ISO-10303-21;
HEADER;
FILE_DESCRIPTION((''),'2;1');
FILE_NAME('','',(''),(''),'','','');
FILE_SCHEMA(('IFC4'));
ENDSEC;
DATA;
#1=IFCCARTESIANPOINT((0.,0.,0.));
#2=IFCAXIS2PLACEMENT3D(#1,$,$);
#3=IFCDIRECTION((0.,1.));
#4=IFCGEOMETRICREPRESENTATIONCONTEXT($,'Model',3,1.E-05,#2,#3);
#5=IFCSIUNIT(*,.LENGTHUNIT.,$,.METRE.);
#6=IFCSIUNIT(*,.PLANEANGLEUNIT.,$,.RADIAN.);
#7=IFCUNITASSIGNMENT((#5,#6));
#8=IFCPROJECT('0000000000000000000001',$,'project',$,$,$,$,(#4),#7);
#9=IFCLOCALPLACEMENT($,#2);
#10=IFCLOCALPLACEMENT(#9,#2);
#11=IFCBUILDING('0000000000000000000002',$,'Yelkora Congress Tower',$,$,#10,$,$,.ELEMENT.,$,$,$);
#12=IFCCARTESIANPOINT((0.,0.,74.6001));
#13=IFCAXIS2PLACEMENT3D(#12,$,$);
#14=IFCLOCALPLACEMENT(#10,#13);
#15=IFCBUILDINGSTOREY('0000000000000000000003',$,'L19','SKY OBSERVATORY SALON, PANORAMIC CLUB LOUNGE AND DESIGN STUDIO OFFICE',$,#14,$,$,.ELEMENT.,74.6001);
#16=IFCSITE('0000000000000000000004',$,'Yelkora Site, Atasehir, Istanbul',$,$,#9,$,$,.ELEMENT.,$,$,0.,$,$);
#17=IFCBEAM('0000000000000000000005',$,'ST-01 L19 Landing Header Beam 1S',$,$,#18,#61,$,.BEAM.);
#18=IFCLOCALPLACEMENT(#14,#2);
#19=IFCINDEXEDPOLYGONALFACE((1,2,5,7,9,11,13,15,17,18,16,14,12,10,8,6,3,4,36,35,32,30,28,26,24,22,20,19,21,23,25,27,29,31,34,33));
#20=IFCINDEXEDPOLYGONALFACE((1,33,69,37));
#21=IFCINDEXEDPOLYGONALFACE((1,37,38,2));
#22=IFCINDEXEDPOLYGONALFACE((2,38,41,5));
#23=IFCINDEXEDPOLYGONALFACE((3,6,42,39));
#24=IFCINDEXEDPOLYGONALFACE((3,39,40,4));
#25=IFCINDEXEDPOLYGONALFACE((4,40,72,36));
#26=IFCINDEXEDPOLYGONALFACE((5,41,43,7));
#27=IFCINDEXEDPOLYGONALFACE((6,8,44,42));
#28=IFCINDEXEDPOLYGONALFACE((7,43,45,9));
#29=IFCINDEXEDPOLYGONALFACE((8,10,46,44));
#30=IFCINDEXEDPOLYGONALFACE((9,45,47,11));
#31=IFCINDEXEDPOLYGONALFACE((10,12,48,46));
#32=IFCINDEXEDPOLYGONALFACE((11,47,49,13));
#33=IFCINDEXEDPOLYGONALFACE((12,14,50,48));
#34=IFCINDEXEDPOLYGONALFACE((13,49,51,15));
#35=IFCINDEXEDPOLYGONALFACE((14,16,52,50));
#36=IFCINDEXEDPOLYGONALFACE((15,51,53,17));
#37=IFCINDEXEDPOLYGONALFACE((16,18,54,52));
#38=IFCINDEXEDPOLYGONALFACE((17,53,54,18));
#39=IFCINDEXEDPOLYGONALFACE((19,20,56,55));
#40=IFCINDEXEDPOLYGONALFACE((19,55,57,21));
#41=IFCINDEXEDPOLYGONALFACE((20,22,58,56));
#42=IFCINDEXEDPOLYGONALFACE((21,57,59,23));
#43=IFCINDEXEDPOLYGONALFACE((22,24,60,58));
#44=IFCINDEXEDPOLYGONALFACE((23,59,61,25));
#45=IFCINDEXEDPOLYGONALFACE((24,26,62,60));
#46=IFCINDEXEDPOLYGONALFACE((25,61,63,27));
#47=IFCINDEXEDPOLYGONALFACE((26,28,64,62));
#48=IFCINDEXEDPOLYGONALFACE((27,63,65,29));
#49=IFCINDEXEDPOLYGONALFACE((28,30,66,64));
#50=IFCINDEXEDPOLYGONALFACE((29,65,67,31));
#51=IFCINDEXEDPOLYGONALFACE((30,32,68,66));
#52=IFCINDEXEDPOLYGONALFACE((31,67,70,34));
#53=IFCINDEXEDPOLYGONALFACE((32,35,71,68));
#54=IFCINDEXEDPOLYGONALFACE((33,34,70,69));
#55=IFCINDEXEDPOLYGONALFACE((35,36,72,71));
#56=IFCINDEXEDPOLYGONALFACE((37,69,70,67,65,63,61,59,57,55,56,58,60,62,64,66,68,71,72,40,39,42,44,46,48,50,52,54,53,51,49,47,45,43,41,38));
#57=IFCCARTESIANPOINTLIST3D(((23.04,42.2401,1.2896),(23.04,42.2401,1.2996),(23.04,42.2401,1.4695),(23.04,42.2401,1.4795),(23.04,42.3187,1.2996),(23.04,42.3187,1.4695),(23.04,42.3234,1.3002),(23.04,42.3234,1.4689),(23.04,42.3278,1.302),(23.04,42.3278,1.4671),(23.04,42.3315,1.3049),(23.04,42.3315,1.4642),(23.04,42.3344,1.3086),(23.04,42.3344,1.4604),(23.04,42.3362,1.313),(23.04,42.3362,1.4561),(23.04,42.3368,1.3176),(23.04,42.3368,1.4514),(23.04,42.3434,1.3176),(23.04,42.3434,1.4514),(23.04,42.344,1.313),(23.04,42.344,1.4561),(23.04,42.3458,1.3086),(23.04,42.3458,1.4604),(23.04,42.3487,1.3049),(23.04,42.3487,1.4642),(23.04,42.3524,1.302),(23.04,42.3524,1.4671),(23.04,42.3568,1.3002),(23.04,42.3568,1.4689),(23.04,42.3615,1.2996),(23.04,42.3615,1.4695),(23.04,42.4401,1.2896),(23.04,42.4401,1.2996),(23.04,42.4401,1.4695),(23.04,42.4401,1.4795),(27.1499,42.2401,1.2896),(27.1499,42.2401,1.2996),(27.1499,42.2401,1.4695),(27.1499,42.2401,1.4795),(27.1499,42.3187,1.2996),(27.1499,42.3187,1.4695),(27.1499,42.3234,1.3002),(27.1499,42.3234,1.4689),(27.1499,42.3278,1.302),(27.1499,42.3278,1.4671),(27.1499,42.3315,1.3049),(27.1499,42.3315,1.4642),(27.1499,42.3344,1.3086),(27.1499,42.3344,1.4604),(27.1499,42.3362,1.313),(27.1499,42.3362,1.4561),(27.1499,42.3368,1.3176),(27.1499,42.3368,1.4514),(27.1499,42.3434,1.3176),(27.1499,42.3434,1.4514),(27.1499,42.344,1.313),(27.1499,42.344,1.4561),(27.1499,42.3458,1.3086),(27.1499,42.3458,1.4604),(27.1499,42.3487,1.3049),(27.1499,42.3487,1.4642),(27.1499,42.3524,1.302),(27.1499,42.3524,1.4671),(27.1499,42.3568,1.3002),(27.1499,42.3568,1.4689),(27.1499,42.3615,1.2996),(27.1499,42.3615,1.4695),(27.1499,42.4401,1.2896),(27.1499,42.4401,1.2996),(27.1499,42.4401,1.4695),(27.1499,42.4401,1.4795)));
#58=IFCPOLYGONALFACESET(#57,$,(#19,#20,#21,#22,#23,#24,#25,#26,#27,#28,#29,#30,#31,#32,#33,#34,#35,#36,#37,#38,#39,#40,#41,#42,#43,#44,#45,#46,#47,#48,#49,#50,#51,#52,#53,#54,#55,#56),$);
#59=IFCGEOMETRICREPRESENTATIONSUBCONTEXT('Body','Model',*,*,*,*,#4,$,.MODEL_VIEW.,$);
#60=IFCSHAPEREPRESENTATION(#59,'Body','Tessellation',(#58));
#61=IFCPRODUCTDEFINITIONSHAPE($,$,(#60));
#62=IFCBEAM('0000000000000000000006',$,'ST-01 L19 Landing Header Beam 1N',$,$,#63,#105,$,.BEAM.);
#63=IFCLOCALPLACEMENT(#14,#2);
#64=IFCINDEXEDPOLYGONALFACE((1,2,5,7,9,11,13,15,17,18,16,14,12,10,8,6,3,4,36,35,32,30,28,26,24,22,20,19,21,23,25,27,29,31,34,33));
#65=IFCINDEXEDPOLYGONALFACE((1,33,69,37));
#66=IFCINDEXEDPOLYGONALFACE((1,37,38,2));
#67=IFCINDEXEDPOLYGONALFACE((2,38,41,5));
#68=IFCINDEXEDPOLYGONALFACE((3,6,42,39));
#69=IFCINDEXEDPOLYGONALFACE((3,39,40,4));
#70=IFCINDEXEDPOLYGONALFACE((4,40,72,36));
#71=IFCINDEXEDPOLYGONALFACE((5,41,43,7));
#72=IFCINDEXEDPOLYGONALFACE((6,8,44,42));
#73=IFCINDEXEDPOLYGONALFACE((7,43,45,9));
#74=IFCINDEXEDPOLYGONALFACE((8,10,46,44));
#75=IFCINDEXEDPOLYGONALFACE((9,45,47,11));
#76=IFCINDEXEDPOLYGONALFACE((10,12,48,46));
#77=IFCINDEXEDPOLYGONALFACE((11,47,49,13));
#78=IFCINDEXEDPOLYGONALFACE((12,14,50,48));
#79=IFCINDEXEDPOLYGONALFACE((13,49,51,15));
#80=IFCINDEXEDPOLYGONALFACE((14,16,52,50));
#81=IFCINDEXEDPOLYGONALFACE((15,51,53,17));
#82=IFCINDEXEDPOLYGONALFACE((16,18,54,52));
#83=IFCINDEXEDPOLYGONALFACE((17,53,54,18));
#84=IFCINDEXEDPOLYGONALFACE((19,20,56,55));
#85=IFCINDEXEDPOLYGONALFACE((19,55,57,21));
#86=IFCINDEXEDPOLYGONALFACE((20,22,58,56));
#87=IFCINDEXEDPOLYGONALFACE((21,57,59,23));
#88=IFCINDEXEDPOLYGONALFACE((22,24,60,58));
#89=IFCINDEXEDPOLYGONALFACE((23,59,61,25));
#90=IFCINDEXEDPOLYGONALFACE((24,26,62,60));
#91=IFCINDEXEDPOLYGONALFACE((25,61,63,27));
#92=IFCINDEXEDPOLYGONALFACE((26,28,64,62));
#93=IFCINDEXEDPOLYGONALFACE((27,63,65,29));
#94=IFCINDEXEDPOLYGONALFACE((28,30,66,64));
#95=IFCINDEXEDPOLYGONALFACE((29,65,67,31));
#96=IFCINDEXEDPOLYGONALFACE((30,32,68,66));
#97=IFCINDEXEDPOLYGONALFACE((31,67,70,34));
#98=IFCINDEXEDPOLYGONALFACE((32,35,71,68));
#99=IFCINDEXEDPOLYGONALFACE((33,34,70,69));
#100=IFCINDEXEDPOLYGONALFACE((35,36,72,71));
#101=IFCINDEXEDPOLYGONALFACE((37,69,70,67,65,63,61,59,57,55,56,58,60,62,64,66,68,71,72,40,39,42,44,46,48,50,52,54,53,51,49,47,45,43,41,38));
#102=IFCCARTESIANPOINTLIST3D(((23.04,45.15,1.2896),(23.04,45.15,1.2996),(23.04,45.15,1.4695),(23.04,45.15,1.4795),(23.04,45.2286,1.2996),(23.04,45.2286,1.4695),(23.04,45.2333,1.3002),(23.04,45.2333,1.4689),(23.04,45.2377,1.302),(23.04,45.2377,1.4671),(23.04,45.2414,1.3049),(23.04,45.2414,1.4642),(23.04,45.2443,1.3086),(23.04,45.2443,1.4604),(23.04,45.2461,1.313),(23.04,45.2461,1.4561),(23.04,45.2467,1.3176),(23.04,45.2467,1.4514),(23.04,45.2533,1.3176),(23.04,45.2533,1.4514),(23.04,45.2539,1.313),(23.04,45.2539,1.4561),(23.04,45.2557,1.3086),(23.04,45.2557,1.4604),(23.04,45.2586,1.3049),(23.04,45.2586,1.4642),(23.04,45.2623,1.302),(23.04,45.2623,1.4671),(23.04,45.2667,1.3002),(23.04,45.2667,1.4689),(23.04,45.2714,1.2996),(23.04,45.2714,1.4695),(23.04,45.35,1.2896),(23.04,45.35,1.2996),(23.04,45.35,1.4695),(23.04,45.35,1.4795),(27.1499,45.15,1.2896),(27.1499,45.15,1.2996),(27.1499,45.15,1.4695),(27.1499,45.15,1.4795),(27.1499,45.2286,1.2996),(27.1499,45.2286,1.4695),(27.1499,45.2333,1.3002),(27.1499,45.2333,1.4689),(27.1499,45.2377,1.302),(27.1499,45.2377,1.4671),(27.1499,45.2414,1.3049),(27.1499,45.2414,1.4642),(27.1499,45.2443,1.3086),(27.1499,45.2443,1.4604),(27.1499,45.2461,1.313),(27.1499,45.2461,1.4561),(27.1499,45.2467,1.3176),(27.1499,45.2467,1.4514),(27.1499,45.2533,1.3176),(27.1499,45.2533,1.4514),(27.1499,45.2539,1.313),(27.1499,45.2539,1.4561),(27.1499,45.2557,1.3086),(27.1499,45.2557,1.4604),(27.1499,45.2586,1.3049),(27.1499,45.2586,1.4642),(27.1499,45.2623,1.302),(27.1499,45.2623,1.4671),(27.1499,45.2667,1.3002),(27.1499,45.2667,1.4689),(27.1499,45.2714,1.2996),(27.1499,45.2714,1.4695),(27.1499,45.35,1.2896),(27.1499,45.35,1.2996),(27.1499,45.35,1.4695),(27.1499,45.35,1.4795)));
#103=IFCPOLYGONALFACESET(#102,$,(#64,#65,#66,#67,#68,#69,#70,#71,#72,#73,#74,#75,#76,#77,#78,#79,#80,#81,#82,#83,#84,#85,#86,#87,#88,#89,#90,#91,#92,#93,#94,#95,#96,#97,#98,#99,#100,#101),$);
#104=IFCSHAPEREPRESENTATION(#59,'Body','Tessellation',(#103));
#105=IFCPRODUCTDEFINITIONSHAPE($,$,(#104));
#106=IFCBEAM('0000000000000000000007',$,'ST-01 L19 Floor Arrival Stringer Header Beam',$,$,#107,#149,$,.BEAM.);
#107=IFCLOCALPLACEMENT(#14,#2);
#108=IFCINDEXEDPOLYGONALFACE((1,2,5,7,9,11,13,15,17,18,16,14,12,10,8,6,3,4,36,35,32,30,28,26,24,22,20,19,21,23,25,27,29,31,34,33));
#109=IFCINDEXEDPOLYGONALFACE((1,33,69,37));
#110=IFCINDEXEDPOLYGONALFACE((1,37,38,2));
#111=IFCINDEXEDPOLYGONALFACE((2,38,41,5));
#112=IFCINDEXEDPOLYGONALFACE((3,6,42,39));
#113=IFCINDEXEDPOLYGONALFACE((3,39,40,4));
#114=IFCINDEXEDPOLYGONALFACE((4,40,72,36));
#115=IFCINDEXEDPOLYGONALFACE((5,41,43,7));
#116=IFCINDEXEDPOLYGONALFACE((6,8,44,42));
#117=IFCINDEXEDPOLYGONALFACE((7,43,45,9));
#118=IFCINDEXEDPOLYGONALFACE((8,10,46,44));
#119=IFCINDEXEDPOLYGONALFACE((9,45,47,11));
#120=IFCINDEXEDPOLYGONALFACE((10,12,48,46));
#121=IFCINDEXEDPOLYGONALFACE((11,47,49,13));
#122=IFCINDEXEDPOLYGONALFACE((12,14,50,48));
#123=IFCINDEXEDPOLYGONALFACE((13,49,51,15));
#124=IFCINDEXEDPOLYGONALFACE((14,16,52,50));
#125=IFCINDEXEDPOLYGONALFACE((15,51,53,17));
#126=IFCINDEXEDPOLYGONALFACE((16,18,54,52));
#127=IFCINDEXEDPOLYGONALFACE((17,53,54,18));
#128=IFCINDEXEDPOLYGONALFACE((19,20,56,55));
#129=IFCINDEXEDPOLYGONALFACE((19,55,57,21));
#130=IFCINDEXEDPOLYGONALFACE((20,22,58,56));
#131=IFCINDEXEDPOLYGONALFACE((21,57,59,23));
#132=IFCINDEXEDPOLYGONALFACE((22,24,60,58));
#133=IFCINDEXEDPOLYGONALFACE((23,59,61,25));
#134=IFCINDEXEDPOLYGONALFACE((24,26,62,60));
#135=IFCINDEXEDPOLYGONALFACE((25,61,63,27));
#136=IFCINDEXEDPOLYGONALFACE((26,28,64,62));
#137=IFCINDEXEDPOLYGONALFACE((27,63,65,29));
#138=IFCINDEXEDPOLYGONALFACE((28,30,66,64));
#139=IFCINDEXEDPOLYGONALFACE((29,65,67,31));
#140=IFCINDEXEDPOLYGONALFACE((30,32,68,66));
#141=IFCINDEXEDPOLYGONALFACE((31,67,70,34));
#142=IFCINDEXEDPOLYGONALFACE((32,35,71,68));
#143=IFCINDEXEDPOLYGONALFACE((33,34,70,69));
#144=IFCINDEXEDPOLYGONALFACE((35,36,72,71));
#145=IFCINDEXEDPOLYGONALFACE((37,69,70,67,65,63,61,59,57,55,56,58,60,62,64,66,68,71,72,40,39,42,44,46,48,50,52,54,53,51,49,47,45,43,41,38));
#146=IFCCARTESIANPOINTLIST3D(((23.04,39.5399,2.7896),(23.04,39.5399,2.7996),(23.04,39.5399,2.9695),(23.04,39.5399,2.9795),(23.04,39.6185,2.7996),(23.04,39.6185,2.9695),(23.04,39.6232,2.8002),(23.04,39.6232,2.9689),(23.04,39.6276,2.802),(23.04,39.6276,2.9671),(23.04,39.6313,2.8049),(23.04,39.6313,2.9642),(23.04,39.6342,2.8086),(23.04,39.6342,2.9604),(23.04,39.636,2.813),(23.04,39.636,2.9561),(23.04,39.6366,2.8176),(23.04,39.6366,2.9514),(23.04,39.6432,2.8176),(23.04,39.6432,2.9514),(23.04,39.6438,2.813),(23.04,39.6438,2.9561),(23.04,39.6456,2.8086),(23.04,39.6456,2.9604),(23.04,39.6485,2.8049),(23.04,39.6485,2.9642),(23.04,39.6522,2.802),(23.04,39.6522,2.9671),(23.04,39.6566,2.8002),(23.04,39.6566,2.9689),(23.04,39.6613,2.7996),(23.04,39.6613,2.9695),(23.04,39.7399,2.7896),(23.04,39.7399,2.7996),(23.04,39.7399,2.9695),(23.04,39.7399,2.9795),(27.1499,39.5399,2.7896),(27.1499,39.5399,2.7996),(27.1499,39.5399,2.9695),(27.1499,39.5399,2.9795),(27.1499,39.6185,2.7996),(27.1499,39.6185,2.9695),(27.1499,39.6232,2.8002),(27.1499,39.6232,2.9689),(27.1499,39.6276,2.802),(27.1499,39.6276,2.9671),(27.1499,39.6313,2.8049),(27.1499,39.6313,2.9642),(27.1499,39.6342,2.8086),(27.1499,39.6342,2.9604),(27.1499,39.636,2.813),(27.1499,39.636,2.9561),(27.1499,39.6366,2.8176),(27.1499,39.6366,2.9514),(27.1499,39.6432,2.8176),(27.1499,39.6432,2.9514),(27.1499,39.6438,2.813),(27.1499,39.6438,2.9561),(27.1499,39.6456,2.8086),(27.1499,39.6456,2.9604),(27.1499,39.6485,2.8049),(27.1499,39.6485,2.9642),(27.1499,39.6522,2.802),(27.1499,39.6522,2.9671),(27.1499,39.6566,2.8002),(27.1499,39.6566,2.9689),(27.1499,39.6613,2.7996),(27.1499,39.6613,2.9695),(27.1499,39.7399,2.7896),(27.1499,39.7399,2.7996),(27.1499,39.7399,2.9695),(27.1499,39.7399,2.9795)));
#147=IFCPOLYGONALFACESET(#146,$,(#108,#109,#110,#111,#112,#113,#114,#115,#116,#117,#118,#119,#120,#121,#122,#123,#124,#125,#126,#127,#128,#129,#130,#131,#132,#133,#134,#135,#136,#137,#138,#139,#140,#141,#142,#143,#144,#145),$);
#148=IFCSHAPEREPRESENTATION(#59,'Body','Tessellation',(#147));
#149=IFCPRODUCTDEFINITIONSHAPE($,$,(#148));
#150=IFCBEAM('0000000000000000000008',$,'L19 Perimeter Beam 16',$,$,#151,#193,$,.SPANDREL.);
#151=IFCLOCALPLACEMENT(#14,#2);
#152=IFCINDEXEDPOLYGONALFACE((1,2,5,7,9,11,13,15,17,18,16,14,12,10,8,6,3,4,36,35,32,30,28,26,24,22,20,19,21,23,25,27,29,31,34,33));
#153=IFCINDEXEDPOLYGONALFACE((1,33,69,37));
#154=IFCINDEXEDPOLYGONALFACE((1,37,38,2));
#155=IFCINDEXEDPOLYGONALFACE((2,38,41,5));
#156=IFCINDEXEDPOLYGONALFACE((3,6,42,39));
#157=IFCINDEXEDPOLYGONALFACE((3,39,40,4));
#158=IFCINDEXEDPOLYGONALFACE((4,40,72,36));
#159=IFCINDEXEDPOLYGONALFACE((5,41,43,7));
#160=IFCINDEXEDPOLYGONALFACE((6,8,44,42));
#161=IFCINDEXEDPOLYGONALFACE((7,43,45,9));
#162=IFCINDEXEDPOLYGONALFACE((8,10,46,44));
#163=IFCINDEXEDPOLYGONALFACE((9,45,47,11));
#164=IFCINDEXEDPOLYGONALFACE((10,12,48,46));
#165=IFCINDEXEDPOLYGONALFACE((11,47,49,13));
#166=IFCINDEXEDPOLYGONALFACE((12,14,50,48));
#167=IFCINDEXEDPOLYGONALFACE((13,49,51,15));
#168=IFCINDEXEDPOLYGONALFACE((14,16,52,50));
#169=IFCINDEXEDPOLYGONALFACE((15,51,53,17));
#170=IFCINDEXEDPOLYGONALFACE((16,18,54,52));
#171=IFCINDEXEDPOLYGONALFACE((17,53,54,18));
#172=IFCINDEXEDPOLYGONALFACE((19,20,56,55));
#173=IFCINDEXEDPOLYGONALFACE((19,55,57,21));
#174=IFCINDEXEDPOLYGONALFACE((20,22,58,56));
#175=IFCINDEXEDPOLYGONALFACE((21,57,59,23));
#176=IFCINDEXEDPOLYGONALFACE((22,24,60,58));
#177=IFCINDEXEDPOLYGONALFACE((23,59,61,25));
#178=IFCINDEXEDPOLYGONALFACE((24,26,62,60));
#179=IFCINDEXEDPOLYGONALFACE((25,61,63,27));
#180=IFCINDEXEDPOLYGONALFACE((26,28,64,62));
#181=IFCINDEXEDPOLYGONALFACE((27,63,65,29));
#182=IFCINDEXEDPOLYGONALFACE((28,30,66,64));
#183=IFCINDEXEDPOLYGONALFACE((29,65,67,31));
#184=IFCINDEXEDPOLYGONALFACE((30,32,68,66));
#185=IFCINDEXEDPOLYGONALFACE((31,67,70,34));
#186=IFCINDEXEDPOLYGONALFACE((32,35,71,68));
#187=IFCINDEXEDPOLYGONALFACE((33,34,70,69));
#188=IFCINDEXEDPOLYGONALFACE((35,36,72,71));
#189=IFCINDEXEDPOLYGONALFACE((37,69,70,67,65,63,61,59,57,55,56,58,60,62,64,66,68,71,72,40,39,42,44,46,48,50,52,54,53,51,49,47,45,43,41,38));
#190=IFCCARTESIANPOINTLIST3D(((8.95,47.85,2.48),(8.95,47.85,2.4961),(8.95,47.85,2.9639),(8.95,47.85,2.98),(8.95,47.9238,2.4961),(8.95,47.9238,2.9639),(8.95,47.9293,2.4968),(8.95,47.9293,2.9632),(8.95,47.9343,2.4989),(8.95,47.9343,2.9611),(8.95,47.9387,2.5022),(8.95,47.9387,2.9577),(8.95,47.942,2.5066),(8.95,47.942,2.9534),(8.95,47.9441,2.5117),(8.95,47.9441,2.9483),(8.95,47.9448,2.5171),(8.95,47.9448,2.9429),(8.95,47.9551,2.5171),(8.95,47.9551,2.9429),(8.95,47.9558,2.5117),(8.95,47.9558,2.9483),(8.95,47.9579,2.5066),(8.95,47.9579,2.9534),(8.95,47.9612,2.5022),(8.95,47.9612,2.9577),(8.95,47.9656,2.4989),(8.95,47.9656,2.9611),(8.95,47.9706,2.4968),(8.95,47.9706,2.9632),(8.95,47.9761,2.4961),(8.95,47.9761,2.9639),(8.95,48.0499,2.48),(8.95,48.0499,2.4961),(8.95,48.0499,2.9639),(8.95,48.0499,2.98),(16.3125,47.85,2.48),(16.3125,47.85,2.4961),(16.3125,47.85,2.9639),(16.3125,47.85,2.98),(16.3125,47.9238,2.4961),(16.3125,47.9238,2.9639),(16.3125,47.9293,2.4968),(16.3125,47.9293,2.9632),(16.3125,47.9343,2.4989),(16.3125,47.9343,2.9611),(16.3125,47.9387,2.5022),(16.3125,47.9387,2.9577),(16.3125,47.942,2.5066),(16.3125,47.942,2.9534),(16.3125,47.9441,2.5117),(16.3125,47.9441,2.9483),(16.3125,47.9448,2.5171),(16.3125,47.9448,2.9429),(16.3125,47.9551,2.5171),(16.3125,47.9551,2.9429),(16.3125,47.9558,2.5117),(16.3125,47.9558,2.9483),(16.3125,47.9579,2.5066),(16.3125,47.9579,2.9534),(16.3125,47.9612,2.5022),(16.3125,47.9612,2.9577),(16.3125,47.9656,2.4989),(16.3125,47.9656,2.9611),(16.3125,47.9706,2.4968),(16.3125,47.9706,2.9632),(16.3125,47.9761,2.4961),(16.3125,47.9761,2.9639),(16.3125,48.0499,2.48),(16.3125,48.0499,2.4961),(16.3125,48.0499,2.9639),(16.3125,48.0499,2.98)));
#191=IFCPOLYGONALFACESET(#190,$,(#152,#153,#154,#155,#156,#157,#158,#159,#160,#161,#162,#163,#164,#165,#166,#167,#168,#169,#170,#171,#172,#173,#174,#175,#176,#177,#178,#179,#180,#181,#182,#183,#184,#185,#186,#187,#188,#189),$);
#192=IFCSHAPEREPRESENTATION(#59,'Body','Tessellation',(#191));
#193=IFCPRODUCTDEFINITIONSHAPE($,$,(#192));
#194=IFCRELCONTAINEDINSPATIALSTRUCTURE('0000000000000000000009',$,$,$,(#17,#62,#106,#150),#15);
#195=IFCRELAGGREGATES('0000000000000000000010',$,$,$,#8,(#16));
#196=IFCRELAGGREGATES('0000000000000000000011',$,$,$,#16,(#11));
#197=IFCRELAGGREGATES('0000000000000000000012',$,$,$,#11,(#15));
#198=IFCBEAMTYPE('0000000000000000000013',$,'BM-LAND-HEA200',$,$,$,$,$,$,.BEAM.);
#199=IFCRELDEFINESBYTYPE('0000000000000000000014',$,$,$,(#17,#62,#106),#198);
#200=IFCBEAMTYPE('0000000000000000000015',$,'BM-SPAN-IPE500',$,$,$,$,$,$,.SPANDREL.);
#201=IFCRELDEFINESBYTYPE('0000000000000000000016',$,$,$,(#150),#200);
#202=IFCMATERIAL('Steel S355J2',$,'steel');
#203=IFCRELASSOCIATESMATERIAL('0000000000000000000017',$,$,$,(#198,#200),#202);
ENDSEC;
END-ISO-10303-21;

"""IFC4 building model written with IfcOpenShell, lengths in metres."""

from ifc_helpers import new_model, si_unit, direction, frame, origin, origin_2d, place, context, subcontext, project, spatial, i_section, extrude, material, material_profile, profile_set, type_object, element, save


model = new_model("IFC4")

# Units and contexts
model_context = context("Model", 3, precision=1e-05, world=origin(), true_north=direction((0.0, 1.0)))
body_context = subcontext(model_context, "Body", "Model", "MODEL_VIEW")
ifc_project = project(units=[si_unit("LENGTHUNIT", "METRE"), si_unit("PLANEANGLEUNIT", "RADIAN")], contexts=[model_context])

# Site, building, storey
site_placement = place(None, origin())
site = spatial("IfcSite", under=ifc_project, at=site_placement, Name="Yelkora Site, Atasehir, Istanbul", CompositionType="ELEMENT", RefElevation=0.0)
building_placement = place(site_placement, origin())
building = spatial("IfcBuilding", under=site, at=building_placement, Name="Yelkora Congress Tower", CompositionType="ELEMENT")
storey_placement = place(building_placement, frame((0.0, 0.0, 74.6001)))
storey = spatial("IfcBuildingStorey", under=building, at=storey_placement, Name="L19", Description="SKY OBSERVATORY SALON, PANORAMIC CLUB LOUNGE AND DESIGN STUDIO OFFICE", CompositionType="ELEMENT", Elevation=74.6001)

# Beams
ifc_material_1 = material(Name="Steel S355J2", Category="steel")
ifc_material_profile_1 = material_profile(ifc_material_1, i_section(OverallWidth=0.2, OverallDepth=0.1899, WebThickness=0.0066, FlangeThickness=0.01, FilletRadius=0.0181, at=origin_2d()), Name="HEA 200")
ifc_profile_set_1 = profile_set([ifc_material_profile_1], Name="Steel S355J2")
beam_type_1 = type_object("IfcBeamType", Name="BM-LAND-HEA200", PredefinedType="BEAM", material=ifc_profile_set_1)
for number, where, z_axis, x_axis, name in (
    (1, (23.04, 42.3401, 1.3845), (1.0, 0.0, 0.0), (0.0, 1.0, 0.0), "ST-01 L19 Landing Header Beam 1S"),
    (2, (23.04, 45.25, 1.3845), (1.0, 0.0, 0.0), (0.0, 1.0, 0.0), "ST-01 L19 Landing Header Beam 1N"),
    (3, (23.04, 39.6399, 2.8845), (1.0, 0.0, 0.0), (0.0, 1.0, 0.0), "ST-01 L19 Floor Arrival Stringer Header Beam"),
):
    element("IfcBeam", number, at=place(storey_placement, frame(where, z_axis=z_axis, x_axis=x_axis)), inside=storey, type_object=beam_type_1, Name=name, PredefinedType="BEAM", context=body_context, shape_type="SweptSolid", body=[
        extrude(i_section(OverallWidth=0.2, OverallDepth=0.1899, WebThickness=0.0066, FlangeThickness=0.01, FilletRadius=0.0181, at=origin_2d()), origin(), (0.0, 0.0, 1.0), 4.1099),
    ])
ifc_material_profile_2 = material_profile(ifc_material_1, i_section(OverallWidth=0.2, OverallDepth=0.5, WebThickness=0.0103, FlangeThickness=0.0161, FilletRadius=0.021, at=origin_2d()), Name="IPE 500")
ifc_profile_set_2 = profile_set([ifc_material_profile_2], Name="Steel S355J2")
beam_type_2 = type_object("IfcBeamType", Name="BM-SPAN-IPE500", PredefinedType="SPANDREL", material=ifc_profile_set_2)
beam_1_placement = place(storey_placement, frame((16.3125, 47.95, 2.73), z_axis=(-1.0, 0.0, 0.0), x_axis=(0.0, -1.0, 0.0)))
element("IfcBeam", 4, at=beam_1_placement, inside=storey, type_object=beam_type_2, Name="L19 Perimeter Beam 16", PredefinedType="SPANDREL", context=body_context, shape_type="SweptSolid", body=[
    extrude(i_section(OverallWidth=0.2, OverallDepth=0.5, WebThickness=0.0103, FlangeThickness=0.0161, FilletRadius=0.021, at=origin_2d()), origin(), (0.0, 0.0, 1.0), 7.3625),
])

save(model, "model.ifc")
